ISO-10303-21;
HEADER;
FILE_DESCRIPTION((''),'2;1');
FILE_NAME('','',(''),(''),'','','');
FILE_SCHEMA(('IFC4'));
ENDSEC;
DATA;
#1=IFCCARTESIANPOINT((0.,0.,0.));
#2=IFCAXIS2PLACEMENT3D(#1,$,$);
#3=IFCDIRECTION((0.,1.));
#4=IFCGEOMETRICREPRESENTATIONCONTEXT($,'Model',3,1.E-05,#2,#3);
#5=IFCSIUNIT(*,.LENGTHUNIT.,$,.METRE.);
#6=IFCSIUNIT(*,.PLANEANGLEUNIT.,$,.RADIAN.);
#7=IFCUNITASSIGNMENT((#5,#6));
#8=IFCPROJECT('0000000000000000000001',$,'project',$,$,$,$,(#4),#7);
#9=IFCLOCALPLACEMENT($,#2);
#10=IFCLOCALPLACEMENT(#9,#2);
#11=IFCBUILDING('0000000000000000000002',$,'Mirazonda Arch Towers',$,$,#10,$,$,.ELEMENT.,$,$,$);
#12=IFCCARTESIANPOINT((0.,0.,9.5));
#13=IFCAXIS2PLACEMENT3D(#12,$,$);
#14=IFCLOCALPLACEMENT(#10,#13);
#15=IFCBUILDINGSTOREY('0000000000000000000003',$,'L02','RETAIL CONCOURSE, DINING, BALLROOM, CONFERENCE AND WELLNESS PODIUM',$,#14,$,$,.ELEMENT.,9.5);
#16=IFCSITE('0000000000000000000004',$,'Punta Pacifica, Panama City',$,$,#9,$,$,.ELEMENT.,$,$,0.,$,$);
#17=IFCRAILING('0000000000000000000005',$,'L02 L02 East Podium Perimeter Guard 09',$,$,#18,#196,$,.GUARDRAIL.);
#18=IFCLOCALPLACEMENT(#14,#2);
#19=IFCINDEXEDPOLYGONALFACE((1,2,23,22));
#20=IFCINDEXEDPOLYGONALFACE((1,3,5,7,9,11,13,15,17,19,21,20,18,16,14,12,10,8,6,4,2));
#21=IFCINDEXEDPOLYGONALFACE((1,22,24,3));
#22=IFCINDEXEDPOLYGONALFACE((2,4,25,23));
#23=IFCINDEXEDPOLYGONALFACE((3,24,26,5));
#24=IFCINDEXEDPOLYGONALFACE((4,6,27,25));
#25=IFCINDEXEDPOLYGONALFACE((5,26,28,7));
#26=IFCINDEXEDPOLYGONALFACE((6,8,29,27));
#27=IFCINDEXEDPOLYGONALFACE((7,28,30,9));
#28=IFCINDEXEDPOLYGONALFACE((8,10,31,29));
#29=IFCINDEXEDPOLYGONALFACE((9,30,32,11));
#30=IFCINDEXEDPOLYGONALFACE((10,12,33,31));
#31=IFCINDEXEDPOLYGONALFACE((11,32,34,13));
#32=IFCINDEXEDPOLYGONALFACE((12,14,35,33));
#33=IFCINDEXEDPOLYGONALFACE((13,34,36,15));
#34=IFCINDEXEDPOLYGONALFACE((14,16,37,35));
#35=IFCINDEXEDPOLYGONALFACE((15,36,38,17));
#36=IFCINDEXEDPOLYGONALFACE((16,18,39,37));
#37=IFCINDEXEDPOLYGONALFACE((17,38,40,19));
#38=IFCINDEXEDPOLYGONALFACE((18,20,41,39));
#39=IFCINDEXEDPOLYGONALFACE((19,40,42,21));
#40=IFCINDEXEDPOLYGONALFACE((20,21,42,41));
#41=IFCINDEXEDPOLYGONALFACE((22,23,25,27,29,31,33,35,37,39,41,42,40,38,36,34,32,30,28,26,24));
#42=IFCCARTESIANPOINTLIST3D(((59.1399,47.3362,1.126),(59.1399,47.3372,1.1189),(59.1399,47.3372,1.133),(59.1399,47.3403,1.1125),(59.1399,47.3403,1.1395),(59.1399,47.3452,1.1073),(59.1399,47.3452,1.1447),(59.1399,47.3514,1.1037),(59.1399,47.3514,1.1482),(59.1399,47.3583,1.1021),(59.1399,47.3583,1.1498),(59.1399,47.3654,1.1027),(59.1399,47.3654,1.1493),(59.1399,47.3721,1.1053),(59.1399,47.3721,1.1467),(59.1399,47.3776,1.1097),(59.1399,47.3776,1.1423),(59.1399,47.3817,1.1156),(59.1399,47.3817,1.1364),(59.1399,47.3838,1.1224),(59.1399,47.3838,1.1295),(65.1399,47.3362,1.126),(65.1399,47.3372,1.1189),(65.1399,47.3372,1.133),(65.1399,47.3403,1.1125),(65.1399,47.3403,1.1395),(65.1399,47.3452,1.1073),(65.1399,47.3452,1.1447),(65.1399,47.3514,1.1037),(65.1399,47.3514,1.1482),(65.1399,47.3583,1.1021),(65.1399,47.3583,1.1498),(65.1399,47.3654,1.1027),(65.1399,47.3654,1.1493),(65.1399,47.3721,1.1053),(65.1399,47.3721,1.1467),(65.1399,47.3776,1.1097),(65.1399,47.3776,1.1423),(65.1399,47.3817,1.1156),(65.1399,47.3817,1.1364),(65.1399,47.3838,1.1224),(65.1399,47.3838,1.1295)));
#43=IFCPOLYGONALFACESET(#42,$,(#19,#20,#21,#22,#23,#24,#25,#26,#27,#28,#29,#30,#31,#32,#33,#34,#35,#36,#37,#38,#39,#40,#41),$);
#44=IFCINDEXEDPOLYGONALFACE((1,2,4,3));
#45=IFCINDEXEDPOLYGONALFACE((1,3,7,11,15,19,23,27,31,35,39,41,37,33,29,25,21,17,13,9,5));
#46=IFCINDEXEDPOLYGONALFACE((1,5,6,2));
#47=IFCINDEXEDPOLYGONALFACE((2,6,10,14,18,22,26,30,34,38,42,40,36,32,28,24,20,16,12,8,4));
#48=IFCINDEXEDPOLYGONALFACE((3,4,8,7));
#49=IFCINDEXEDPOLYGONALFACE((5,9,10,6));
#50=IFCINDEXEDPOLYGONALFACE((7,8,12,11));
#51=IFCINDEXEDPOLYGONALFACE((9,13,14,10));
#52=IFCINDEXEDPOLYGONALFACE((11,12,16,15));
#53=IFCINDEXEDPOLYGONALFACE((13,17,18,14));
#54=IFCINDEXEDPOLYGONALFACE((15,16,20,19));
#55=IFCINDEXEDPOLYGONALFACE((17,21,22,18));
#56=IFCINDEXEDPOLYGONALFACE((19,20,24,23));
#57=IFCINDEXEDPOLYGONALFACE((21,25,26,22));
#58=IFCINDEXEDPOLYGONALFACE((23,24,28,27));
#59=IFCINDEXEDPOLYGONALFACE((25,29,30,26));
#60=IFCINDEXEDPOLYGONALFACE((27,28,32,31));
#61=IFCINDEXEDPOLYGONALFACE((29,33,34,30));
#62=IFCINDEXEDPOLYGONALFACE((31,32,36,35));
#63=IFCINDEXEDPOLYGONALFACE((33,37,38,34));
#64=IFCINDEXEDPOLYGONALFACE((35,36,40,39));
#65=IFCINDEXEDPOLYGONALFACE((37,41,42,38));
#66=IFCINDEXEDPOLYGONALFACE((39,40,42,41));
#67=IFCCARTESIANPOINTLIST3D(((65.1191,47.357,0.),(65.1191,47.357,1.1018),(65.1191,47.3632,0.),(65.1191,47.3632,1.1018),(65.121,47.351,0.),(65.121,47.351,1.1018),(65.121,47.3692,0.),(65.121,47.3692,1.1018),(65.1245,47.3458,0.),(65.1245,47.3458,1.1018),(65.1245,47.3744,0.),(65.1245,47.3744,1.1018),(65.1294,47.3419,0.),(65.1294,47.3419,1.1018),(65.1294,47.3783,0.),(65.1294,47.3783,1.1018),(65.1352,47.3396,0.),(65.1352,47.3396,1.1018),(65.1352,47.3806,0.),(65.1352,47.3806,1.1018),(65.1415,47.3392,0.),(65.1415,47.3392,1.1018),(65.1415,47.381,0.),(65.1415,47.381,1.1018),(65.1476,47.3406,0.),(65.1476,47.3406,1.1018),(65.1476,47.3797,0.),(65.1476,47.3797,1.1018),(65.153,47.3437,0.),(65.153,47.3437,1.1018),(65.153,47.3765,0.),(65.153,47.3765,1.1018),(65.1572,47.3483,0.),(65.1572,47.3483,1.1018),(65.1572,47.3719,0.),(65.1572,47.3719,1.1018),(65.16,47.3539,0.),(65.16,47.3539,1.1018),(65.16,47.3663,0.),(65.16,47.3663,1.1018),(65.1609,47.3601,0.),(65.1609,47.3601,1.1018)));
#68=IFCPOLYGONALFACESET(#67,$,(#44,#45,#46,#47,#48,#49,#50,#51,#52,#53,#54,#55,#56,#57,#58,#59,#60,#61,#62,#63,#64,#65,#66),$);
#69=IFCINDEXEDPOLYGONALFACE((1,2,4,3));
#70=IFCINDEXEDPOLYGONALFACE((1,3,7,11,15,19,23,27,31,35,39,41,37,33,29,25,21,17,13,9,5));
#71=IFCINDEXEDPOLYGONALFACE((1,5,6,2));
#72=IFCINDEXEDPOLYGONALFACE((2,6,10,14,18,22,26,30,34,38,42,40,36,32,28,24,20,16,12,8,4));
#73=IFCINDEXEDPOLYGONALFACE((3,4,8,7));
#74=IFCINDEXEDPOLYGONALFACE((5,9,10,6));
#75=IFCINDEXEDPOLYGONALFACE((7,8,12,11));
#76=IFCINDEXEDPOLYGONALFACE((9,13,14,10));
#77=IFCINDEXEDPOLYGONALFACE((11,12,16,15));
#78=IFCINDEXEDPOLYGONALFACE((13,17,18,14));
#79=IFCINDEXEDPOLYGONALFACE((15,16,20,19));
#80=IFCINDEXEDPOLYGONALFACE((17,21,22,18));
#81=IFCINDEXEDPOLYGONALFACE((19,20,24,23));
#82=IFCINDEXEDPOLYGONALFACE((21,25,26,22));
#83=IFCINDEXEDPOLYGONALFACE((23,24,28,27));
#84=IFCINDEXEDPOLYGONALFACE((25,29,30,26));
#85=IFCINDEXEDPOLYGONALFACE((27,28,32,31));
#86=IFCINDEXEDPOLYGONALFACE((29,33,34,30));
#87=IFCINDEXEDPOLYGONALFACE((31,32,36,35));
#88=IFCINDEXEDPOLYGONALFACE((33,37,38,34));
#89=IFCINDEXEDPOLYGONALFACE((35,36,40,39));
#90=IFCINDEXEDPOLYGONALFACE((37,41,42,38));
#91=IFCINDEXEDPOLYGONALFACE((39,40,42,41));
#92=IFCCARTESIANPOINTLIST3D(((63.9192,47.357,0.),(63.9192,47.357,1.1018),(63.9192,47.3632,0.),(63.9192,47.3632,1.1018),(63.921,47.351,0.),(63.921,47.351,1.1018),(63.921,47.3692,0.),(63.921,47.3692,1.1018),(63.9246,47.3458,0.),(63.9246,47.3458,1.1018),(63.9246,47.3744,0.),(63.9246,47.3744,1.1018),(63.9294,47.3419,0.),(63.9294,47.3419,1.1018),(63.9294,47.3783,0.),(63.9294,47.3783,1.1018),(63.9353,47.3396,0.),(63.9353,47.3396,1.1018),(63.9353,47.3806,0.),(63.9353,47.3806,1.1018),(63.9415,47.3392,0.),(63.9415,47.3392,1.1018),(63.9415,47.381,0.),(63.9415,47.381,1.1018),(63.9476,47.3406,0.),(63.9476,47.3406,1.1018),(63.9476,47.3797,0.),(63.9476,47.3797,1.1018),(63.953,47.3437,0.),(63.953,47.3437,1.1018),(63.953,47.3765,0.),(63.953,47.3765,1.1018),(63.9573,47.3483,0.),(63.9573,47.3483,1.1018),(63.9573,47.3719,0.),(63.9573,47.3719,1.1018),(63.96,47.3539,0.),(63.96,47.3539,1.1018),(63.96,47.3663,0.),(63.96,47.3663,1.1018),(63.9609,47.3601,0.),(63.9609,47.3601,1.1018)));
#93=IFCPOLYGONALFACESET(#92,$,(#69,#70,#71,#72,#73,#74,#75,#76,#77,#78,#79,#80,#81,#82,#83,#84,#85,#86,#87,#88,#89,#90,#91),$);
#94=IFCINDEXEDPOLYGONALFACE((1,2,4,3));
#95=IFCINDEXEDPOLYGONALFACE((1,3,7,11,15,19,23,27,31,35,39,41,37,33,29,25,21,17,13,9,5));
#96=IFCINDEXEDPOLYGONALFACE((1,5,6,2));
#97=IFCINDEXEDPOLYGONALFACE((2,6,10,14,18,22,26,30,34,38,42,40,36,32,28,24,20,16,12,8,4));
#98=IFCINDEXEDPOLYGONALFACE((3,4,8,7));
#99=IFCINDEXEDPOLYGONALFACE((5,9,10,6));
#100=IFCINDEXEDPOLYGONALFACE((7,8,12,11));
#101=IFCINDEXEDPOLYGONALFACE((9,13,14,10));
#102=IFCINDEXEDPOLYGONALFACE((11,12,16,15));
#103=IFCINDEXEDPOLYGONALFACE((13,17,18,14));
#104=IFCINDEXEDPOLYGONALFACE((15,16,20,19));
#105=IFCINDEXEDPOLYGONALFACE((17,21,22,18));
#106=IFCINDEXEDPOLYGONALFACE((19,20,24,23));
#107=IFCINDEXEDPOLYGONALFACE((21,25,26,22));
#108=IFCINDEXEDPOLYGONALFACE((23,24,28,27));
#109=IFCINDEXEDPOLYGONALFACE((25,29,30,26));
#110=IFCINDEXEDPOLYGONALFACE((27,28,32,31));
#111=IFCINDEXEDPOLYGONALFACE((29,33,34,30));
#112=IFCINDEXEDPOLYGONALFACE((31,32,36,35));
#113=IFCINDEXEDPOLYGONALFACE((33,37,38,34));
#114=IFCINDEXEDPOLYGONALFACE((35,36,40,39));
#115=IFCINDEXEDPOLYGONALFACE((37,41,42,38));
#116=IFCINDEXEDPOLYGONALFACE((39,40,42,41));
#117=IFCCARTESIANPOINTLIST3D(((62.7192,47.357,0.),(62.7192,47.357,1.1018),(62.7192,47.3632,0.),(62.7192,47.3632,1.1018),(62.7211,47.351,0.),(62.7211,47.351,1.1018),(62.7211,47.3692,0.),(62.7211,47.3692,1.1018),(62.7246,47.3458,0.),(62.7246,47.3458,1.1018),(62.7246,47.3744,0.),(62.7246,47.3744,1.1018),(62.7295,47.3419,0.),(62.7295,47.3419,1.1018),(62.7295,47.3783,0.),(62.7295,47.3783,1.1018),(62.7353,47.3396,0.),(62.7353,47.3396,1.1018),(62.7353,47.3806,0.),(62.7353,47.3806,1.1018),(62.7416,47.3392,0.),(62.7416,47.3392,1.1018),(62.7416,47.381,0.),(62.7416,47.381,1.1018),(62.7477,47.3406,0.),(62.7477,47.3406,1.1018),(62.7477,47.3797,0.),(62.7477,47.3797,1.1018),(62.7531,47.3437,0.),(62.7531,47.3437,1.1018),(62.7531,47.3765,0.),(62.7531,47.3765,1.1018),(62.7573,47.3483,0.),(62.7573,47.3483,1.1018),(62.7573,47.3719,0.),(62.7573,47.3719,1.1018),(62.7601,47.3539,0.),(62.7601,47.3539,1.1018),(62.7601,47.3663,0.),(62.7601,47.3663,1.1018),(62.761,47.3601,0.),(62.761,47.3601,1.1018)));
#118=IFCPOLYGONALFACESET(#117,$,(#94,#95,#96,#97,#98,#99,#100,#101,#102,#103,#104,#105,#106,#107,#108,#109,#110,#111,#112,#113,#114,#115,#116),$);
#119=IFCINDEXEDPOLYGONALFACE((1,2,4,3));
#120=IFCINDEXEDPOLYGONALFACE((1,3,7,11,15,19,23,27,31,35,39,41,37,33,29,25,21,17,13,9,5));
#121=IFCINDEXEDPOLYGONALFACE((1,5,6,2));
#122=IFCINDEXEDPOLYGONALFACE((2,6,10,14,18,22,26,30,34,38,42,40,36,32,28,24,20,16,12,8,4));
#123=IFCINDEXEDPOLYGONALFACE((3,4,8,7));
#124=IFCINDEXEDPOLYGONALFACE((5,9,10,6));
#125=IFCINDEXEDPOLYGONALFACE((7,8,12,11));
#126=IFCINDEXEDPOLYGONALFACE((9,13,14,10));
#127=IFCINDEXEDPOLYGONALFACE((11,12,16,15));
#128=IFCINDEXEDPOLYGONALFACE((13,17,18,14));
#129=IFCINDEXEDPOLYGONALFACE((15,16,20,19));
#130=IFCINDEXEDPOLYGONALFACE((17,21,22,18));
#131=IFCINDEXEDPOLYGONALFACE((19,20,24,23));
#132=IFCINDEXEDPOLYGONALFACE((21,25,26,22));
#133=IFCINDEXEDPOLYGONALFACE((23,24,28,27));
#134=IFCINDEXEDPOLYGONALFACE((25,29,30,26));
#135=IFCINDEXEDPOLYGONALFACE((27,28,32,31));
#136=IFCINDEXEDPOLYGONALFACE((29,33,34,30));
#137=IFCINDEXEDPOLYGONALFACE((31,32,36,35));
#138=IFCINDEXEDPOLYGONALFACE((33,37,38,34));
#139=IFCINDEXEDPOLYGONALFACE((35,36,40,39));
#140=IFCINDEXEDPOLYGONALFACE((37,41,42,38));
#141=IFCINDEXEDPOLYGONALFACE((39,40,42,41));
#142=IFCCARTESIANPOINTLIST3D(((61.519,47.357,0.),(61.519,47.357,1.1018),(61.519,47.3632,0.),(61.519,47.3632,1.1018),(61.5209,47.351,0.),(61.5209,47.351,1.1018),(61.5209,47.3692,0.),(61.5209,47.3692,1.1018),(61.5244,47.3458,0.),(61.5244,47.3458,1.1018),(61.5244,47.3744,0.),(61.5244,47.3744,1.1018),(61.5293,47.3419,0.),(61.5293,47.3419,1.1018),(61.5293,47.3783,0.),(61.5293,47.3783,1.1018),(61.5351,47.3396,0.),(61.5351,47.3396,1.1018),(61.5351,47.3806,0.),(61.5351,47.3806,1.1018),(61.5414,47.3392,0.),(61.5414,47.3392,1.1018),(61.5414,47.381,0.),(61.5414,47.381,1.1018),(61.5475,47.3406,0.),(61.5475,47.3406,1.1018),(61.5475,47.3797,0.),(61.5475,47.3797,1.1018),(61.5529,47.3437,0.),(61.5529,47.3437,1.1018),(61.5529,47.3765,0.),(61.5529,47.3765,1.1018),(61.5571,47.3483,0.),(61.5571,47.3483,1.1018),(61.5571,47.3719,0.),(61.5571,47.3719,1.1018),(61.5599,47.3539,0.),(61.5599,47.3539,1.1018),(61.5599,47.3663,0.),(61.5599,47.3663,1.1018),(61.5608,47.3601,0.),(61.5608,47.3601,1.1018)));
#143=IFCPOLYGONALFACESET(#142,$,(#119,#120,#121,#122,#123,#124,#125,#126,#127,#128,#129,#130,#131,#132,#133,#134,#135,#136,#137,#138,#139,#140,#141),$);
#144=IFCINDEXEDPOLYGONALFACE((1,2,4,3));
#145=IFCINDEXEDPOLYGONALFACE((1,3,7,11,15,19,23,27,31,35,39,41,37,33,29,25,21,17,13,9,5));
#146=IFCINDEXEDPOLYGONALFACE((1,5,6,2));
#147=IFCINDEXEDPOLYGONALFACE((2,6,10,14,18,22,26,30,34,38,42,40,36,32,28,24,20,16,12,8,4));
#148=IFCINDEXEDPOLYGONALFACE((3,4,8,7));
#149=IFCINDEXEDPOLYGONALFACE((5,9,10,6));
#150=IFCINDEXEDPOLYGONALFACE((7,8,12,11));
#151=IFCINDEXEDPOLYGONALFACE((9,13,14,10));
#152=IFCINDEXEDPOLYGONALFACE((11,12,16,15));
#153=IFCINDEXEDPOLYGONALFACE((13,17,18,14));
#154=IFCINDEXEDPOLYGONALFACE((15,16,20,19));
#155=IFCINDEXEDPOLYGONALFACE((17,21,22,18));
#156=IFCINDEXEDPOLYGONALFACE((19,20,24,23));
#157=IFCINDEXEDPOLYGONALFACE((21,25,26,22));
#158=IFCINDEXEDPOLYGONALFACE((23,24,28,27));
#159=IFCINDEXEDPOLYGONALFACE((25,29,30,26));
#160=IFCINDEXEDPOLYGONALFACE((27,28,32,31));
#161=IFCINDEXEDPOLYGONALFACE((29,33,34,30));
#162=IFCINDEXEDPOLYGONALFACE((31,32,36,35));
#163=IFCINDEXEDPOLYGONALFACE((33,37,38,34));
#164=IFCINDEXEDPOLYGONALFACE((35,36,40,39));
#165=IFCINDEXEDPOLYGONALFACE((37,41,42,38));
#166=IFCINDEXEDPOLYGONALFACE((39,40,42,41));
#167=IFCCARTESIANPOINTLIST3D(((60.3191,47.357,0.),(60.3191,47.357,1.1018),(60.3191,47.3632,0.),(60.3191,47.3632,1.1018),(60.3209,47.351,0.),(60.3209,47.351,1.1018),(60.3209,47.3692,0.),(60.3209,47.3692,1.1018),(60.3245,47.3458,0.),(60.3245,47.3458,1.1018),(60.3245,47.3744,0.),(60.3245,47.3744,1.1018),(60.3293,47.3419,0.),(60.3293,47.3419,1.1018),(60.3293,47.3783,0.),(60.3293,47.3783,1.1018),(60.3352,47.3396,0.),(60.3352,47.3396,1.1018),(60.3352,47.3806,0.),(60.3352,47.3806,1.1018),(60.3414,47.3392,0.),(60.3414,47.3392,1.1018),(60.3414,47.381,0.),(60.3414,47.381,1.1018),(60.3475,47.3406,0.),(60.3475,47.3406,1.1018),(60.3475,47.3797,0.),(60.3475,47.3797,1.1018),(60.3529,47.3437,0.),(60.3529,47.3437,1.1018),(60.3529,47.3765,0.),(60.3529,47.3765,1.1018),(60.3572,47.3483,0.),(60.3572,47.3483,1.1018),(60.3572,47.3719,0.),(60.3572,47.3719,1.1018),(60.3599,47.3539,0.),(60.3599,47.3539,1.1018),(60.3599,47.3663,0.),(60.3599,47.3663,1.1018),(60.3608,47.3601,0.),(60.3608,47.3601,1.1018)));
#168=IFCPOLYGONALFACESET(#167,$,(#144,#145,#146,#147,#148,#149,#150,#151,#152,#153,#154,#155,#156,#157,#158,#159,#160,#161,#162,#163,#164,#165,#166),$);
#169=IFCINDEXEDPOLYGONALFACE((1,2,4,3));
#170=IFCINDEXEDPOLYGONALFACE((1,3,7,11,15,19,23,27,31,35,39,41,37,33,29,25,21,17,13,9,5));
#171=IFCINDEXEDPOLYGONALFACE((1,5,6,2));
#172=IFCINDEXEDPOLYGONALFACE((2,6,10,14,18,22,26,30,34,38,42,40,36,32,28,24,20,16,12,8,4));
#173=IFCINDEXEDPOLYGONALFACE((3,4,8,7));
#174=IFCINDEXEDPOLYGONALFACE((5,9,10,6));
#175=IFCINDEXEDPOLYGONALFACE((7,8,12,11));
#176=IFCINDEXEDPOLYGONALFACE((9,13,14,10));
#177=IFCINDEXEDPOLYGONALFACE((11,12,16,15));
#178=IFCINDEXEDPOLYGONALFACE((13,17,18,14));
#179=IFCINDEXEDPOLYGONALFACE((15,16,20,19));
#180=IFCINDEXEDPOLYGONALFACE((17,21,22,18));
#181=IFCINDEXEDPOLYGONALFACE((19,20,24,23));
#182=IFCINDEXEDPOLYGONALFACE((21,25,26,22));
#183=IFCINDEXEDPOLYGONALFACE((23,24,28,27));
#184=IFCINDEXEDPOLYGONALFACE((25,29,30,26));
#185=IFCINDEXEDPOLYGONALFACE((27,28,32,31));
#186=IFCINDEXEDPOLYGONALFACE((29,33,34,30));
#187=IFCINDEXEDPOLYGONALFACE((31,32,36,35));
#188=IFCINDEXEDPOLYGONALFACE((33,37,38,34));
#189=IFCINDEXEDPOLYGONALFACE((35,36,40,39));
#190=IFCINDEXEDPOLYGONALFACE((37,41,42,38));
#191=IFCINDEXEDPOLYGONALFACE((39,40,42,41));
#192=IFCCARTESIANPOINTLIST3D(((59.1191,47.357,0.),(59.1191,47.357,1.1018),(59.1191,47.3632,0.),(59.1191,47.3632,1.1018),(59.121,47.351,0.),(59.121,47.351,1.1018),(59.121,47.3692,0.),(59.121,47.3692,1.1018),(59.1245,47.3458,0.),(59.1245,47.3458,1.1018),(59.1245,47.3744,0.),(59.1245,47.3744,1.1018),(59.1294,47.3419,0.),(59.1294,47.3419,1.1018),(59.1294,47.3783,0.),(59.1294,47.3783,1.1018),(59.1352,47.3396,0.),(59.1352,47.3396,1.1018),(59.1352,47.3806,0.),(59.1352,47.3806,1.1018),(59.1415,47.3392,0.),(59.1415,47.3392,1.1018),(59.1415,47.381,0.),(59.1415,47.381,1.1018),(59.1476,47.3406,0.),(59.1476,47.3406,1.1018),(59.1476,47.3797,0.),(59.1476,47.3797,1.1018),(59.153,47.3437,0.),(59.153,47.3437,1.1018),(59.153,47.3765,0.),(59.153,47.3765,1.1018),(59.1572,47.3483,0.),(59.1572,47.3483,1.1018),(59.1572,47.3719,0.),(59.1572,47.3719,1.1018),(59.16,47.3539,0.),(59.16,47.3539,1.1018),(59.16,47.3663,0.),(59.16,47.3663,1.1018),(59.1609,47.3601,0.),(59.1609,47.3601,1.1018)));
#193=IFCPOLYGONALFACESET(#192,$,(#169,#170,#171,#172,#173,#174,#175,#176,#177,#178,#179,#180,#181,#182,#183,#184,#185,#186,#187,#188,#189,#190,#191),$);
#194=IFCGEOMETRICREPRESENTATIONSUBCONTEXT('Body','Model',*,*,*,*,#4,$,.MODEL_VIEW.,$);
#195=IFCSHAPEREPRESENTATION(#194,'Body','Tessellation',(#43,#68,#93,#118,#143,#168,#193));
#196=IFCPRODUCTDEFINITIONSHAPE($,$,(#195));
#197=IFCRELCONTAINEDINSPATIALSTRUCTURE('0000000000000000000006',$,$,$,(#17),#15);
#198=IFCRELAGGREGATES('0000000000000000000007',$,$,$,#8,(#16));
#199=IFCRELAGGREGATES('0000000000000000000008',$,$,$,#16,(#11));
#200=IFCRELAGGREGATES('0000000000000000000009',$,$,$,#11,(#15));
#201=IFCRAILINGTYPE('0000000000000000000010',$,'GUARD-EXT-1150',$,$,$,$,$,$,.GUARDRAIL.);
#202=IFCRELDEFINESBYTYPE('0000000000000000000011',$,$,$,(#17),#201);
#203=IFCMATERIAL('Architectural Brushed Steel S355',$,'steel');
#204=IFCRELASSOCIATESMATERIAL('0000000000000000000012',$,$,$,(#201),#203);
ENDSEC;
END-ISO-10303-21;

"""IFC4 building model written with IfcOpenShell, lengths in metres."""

from ifc_helpers import new_model, si_unit, direction, frame, origin, origin_2d, place, context, subcontext, project, spatial, circle, extrude, material, type_object, element, save


model = new_model("IFC4")

# Units and contexts
model_context = context("Model", 3, precision=1e-05, world=origin(), true_north=direction((0.0, 1.0)))
body_context = subcontext(model_context, "Body", "Model", "MODEL_VIEW")
ifc_project = project(units=[si_unit("LENGTHUNIT", "METRE"), si_unit("PLANEANGLEUNIT", "RADIAN")], contexts=[model_context])

# Site, building, storey
site_placement = place(None, origin())
site = spatial("IfcSite", under=ifc_project, at=site_placement, Name="Punta Pacifica, Panama City", CompositionType="ELEMENT", RefElevation=0.0)
building_placement = place(site_placement, origin())
building = spatial("IfcBuilding", under=site, at=building_placement, Name="Mirazonda Arch Towers", CompositionType="ELEMENT")
storey_placement = place(building_placement, frame((0.0, 0.0, 9.5)))
storey = spatial("IfcBuildingStorey", under=building, at=storey_placement, Name="L02", Description="RETAIL CONCOURSE, DINING, BALLROOM, CONFERENCE AND WELLNESS PODIUM", CompositionType="ELEMENT", Elevation=9.5)

# Railing
ifc_material_1 = material(Name="Architectural Brushed Steel S355", Category="steel")
railing_type = type_object("IfcRailingType", Name="GUARD-EXT-1150", PredefinedType="GUARDRAIL", material=ifc_material_1)
railing_1_placement = place(storey_placement, frame((65.1399, 47.3601, 0.0)))
element("IfcRailing", 1, at=railing_1_placement, inside=storey, type_object=railing_type, Name="L02 L02 East Podium Perimeter Guard 09", PredefinedType="GUARDRAIL", context=body_context, shape_type="SweptSolid", body=[
    extrude(circle(Radius=0.0239, at=origin_2d()), frame((0.0, 0.0, 1.126), z_axis=(-1.0, 0.0, 0.0), x_axis=(0.0, -1.0, 0.0)), (0.0, 0.0, 1.0), 6.0),
    extrude(circle(Radius=0.021, at=origin_2d()), origin(), (0.0, 0.0, 1.0), 1.1018),
    extrude(circle(Radius=0.021, at=origin_2d()), frame((-1.2, 0.0, 0.0)), (0.0, 0.0, 1.0), 1.1018),
    extrude(circle(Radius=0.021, at=origin_2d()), frame((-2.3999, 0.0, 0.0)), (0.0, 0.0, 1.0), 1.1018),
    extrude(circle(Radius=0.021, at=origin_2d()), frame((-3.6001, 0.0, 0.0)), (0.0, 0.0, 1.0), 1.1018),
    extrude(circle(Radius=0.021, at=origin_2d()), frame((-4.8, 0.0, 0.0)), (0.0, 0.0, 1.0), 1.1018),
    extrude(circle(Radius=0.021, at=origin_2d()), frame((-6.0, 0.0, 0.0)), (0.0, 0.0, 1.0), 1.1018),
])

save(model, "model.ifc")
